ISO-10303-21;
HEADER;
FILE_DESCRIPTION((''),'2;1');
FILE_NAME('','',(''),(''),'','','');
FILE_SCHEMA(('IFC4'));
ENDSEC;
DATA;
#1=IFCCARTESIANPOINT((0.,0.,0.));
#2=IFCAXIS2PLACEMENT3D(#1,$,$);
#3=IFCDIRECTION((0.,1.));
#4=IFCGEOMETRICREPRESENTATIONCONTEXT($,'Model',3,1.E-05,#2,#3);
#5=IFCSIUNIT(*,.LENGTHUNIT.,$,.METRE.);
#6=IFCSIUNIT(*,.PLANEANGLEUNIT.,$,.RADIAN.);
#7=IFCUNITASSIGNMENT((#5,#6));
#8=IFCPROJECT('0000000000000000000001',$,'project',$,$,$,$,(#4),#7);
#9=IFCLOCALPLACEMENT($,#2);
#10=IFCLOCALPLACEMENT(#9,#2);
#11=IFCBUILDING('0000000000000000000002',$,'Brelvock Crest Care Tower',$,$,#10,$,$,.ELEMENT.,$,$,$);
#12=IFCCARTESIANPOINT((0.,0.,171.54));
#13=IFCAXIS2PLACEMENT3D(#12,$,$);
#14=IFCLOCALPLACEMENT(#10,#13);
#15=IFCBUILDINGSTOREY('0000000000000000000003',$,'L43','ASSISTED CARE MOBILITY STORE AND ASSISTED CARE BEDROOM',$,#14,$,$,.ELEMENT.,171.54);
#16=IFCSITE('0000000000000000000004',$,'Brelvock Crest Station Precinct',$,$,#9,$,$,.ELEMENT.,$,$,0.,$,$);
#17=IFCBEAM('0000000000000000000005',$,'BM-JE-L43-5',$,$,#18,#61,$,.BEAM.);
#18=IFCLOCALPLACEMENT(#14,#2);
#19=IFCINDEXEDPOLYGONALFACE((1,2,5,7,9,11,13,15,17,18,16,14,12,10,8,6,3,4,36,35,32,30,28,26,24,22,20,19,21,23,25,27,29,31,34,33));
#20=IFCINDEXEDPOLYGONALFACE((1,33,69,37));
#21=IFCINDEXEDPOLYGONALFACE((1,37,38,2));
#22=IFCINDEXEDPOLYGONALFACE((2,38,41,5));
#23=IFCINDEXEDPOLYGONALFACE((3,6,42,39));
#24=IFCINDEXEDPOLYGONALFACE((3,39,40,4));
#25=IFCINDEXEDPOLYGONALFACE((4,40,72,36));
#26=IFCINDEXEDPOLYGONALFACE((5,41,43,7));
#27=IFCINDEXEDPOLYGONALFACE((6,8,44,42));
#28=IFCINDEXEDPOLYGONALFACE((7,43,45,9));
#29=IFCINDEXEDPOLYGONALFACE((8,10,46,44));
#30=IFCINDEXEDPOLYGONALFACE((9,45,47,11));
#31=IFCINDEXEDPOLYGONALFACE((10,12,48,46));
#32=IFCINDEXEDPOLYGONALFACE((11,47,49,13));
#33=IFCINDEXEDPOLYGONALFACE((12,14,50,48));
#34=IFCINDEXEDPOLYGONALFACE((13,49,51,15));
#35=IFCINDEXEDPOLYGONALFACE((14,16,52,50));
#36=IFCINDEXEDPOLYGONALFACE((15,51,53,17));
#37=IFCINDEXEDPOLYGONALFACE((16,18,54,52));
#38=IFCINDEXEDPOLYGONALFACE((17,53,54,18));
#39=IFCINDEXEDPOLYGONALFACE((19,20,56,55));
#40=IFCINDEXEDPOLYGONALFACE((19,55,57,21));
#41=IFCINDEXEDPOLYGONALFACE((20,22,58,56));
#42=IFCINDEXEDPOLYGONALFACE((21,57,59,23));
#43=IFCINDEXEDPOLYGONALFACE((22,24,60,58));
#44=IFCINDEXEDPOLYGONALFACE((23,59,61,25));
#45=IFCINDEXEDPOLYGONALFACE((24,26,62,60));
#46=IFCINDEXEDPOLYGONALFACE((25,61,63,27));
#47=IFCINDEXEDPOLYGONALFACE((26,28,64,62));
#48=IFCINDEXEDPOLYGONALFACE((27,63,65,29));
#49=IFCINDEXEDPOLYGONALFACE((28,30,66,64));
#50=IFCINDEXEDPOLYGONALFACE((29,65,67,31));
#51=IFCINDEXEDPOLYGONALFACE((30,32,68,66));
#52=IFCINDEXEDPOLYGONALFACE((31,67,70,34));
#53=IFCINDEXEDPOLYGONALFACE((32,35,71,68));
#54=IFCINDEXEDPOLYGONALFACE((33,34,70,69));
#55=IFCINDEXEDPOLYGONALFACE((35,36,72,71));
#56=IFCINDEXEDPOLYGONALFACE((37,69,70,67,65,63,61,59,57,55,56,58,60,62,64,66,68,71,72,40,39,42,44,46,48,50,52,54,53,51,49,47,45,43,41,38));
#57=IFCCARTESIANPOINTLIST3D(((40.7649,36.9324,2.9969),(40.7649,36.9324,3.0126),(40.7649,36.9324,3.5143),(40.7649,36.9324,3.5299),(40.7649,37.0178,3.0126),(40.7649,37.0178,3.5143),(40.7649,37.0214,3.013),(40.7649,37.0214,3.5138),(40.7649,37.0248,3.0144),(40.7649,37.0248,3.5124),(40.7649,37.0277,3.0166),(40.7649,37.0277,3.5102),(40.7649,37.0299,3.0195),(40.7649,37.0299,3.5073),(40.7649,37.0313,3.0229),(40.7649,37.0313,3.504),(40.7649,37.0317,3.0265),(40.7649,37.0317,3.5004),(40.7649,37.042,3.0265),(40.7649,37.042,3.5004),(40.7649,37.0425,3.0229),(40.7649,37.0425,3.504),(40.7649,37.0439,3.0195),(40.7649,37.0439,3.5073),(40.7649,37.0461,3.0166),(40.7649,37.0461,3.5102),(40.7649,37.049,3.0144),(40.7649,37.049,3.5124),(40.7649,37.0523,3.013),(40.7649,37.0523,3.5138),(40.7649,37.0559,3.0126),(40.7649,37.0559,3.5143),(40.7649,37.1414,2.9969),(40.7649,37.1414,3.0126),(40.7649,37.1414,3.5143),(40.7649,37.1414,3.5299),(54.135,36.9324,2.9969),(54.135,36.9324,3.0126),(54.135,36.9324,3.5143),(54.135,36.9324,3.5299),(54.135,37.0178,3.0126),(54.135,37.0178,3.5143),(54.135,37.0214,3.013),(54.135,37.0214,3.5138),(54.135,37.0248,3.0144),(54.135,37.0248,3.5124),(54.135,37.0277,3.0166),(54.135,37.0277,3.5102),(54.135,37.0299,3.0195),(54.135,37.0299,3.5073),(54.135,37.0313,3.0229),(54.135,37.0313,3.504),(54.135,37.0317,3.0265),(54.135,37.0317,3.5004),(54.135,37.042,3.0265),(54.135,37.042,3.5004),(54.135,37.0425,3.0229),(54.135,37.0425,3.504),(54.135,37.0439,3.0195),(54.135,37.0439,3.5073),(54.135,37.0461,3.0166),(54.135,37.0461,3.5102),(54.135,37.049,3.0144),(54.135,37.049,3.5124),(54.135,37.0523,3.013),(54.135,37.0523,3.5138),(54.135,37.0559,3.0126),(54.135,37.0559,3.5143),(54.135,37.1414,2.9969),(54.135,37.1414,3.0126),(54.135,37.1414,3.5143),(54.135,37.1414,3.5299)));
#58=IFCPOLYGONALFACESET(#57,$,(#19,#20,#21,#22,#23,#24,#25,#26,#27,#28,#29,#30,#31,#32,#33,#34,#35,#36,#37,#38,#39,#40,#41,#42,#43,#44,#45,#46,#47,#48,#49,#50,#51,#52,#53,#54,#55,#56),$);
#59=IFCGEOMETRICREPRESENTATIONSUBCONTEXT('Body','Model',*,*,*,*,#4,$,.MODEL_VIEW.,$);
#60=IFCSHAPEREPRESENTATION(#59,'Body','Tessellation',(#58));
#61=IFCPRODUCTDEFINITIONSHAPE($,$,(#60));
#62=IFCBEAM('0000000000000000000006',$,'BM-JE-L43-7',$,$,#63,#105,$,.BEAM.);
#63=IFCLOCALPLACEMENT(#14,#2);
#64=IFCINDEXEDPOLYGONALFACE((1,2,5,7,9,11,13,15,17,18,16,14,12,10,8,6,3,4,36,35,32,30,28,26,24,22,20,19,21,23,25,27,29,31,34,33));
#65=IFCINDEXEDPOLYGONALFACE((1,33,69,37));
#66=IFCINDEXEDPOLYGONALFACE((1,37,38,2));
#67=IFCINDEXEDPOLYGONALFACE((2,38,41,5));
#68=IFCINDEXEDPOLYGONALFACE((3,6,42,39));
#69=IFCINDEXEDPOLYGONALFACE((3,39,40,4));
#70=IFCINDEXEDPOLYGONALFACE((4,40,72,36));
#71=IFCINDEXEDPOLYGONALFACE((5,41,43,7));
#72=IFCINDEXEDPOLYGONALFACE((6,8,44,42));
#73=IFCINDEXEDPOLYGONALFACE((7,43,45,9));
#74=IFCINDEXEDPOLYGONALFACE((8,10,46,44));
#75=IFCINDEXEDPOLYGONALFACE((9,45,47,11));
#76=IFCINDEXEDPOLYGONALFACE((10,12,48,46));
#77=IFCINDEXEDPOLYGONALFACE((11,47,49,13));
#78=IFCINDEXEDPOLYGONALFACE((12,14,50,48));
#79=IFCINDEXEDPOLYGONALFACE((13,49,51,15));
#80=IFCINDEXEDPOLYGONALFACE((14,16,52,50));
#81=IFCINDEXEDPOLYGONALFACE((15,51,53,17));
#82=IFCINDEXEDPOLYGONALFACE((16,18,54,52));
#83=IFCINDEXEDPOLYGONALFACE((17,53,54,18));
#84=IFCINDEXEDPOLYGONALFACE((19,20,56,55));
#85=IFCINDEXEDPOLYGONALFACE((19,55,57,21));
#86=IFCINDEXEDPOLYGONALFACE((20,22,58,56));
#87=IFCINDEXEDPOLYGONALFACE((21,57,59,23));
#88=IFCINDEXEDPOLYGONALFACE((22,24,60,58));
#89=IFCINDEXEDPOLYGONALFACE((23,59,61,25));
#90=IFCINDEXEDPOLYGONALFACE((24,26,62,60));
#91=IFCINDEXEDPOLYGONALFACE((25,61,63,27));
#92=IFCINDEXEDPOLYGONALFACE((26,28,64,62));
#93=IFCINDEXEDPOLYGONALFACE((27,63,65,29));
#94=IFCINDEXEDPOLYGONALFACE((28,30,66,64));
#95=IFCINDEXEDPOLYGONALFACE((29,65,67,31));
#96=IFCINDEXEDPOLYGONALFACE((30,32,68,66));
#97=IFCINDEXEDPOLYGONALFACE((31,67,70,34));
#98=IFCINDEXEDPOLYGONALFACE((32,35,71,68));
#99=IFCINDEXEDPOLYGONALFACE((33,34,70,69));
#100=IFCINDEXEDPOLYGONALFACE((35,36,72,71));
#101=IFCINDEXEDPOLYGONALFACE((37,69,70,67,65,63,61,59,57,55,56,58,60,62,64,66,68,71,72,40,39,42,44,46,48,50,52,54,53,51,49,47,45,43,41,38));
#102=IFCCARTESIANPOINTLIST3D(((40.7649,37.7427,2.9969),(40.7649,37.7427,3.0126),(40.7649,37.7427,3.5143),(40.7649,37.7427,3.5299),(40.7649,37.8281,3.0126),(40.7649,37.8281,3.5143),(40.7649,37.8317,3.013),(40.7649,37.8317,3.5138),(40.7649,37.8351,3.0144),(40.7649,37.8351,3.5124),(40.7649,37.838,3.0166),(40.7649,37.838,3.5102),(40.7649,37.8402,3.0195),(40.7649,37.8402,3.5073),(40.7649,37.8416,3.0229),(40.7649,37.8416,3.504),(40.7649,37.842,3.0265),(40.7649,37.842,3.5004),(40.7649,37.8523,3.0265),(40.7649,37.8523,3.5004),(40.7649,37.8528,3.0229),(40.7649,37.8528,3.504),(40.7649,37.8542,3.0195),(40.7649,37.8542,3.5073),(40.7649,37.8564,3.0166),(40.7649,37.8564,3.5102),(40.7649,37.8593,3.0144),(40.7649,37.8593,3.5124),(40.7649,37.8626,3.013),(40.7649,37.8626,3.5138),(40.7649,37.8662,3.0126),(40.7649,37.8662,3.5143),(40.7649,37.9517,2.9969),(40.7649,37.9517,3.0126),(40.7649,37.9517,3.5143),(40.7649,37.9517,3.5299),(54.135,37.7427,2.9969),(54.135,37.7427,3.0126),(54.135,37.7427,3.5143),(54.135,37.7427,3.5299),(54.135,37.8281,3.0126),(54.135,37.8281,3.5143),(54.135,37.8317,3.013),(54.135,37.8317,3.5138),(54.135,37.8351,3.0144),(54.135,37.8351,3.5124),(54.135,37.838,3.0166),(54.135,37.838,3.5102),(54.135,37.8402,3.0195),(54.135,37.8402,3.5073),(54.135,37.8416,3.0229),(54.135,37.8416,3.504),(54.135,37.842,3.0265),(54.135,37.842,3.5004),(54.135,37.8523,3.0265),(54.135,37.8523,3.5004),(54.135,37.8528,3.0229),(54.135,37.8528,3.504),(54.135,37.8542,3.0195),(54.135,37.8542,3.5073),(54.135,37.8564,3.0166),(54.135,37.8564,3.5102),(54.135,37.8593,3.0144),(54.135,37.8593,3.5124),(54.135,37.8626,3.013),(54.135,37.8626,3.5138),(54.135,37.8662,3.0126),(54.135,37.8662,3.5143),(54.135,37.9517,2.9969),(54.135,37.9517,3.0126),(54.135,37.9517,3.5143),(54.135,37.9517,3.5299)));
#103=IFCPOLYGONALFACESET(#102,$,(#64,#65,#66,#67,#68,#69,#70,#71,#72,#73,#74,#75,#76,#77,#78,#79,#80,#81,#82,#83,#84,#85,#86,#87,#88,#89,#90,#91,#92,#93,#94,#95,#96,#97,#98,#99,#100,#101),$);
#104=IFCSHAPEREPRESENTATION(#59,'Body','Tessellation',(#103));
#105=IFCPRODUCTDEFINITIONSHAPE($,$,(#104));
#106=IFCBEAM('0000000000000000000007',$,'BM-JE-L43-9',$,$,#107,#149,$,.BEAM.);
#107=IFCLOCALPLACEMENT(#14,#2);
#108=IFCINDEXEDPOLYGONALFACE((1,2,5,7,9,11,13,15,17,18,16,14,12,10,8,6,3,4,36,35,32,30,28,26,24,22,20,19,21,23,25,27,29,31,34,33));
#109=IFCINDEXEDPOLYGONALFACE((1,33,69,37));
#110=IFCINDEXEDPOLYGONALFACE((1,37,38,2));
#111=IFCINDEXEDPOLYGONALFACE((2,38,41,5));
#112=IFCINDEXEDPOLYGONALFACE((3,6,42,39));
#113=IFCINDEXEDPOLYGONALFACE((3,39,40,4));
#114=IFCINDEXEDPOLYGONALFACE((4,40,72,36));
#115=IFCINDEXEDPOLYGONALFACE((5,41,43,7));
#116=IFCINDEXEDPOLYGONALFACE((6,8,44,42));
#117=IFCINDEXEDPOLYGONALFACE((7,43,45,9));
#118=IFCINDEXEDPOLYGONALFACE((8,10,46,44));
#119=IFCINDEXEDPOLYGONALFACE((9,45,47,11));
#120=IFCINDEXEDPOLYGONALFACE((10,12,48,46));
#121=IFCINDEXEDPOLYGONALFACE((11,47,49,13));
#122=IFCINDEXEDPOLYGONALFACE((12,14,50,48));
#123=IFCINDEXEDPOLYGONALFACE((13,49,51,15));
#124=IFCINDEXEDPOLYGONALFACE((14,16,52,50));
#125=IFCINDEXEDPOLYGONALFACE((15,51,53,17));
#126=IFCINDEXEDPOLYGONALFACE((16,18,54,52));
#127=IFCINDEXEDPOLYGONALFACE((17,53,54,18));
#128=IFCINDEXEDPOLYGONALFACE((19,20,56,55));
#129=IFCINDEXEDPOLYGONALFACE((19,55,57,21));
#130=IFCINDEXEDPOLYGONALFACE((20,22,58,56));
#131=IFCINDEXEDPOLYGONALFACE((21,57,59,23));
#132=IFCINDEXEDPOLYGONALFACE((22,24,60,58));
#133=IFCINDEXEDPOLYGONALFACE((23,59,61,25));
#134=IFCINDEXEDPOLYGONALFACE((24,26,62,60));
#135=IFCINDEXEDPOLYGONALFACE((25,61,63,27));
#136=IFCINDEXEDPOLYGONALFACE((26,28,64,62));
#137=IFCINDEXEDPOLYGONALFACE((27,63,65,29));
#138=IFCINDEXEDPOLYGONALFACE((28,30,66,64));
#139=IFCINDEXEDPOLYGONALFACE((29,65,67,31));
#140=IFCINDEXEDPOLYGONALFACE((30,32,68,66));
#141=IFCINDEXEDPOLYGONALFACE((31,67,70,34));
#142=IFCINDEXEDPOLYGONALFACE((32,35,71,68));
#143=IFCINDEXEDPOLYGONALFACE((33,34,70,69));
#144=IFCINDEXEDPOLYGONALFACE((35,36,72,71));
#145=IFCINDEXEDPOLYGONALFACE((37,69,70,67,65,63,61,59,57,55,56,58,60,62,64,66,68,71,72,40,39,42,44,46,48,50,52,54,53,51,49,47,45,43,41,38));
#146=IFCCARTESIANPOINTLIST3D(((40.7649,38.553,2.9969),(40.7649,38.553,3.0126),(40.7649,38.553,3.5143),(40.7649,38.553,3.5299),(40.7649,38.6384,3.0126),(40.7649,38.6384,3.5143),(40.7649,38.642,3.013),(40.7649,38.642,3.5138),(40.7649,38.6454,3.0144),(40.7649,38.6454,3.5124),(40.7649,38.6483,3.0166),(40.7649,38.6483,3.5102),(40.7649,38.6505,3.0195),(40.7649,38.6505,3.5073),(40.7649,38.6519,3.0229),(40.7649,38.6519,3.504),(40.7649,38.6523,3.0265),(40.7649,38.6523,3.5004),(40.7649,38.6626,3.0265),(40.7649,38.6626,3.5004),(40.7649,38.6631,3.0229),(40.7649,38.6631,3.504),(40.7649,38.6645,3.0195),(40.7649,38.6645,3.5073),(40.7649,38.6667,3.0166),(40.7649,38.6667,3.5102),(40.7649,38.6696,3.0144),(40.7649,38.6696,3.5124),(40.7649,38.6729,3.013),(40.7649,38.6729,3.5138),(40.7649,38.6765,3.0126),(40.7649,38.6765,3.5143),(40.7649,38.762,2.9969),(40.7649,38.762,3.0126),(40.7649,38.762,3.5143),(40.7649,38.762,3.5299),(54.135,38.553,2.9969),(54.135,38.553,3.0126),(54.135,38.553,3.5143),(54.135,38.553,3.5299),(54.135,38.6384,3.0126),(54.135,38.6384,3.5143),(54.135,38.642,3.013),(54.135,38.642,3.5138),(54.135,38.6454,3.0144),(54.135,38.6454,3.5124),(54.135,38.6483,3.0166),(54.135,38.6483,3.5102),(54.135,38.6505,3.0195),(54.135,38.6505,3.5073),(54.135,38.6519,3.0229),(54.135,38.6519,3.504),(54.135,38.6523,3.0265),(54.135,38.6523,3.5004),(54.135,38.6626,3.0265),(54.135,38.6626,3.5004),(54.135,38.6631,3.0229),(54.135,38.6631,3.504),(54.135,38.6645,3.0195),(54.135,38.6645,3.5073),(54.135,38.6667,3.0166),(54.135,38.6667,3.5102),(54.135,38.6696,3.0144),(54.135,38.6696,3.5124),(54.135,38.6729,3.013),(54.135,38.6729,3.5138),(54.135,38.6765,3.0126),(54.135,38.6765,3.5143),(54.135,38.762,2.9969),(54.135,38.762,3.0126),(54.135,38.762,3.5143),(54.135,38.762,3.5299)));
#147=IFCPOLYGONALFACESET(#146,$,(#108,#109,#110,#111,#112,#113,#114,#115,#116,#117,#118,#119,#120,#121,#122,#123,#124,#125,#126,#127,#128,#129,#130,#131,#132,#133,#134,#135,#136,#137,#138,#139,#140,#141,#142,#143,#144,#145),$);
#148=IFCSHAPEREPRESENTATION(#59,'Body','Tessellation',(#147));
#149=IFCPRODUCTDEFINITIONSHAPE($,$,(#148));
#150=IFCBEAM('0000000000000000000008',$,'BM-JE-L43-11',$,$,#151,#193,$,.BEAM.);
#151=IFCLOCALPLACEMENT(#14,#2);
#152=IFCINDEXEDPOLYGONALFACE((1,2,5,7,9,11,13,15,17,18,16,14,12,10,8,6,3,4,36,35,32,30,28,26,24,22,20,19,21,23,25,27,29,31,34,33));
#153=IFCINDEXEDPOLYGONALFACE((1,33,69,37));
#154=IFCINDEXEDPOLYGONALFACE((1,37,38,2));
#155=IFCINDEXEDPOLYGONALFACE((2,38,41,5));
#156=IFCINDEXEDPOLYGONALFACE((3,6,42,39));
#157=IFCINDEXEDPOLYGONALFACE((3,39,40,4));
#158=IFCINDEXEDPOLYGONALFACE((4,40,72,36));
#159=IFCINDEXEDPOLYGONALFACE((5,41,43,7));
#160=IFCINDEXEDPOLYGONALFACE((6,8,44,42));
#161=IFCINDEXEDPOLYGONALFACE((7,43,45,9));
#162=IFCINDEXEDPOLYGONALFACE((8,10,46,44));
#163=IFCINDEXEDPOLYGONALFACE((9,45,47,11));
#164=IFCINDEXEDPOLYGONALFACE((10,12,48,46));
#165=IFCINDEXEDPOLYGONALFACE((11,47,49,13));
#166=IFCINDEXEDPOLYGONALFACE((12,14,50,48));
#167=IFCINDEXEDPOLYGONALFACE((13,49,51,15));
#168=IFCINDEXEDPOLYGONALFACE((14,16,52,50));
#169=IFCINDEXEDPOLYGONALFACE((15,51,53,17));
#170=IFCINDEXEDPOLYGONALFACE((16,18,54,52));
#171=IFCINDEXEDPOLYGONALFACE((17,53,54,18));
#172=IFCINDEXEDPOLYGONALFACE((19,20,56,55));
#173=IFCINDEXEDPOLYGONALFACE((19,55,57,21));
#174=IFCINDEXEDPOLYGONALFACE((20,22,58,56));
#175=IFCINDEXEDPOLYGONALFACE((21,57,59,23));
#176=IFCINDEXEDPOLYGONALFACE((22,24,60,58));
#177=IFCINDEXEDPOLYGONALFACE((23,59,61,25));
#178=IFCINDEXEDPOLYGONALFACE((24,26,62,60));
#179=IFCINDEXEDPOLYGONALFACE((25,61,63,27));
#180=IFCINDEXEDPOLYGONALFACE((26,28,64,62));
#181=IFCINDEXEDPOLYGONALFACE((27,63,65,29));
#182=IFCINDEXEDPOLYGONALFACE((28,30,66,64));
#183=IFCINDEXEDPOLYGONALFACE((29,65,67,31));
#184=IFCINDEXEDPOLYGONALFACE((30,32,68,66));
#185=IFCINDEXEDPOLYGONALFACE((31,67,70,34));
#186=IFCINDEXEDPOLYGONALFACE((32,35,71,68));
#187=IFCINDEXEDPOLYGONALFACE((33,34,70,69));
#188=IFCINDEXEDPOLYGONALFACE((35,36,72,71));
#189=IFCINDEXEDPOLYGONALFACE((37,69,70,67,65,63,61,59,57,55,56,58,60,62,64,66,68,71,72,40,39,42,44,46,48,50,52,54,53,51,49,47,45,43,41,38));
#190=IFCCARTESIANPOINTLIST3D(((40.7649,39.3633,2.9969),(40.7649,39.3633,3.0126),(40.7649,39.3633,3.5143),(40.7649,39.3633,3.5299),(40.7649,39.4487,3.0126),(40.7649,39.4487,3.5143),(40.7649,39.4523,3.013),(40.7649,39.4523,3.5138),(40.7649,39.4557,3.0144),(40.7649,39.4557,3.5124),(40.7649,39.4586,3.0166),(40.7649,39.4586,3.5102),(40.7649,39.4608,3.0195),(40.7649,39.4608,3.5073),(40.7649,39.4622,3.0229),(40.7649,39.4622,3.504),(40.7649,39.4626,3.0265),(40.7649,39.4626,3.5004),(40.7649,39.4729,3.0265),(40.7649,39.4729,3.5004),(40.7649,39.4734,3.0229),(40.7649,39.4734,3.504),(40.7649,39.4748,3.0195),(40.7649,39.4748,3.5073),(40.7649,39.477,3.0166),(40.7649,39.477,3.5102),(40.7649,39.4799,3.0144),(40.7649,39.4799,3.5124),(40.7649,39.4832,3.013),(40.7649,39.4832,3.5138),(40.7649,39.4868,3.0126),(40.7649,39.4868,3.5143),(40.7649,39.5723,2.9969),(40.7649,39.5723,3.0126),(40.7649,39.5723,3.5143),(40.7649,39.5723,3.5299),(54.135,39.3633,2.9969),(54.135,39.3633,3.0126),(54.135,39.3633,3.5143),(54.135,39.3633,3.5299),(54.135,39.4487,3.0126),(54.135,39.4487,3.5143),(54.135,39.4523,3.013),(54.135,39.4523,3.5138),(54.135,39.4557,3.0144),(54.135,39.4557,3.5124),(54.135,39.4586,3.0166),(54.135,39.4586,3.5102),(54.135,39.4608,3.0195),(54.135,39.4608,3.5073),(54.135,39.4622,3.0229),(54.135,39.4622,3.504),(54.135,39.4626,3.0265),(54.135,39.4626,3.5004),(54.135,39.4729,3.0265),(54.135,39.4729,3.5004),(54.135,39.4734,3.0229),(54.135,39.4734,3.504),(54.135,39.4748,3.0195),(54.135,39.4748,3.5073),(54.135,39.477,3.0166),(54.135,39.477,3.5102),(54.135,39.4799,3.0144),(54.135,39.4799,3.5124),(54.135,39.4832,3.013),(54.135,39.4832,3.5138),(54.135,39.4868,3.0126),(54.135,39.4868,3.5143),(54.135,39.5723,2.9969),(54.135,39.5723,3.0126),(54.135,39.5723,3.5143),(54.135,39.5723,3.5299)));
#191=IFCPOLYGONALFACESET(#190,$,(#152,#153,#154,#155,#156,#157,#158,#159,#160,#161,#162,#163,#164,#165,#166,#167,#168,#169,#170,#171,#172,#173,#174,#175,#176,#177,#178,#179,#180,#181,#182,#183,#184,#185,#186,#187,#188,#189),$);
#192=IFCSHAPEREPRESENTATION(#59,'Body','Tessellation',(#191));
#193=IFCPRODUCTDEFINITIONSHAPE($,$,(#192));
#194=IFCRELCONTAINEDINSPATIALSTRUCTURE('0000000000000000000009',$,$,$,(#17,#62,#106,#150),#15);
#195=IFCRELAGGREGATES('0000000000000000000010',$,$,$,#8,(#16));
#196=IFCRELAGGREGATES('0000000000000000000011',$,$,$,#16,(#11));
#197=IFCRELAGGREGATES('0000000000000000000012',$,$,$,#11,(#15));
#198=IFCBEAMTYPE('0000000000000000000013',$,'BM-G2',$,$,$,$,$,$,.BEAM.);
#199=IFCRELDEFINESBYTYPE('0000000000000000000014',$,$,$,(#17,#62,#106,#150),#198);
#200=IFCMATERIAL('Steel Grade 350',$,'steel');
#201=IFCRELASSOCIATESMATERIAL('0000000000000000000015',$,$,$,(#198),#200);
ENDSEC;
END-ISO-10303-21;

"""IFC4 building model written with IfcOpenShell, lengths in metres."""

from ifc_helpers import new_model, si_unit, direction, frame, origin, origin_2d, place, context, subcontext, project, spatial, i_section, extrude, source, transform, mapped, material, material_profile, profile_set, type_object, element, save


model = new_model("IFC4")

# Units and contexts
model_context = context("Model", 3, precision=1e-05, world=origin(), true_north=direction((0.0, 1.0)))
body_context = subcontext(model_context, "Body", "Model", "MODEL_VIEW")
ifc_project = project(units=[si_unit("LENGTHUNIT", "METRE"), si_unit("PLANEANGLEUNIT", "RADIAN")], contexts=[model_context])

# Site, building, storey
site_placement = place(None, origin())
site = spatial("IfcSite", under=ifc_project, at=site_placement, Name="Brelvock Crest Station Precinct", CompositionType="ELEMENT", RefElevation=0.0)
building_placement = place(site_placement, origin())
building = spatial("IfcBuilding", under=site, at=building_placement, Name="Brelvock Crest Care Tower", CompositionType="ELEMENT")
storey_placement = place(building_placement, frame((0.0, 0.0, 171.54)))
storey = spatial("IfcBuildingStorey", under=building, at=storey_placement, Name="L43", Description="ASSISTED CARE MOBILITY STORE AND ASSISTED CARE BEDROOM", CompositionType="ELEMENT", Elevation=171.54)

# Beams
ifc_material_1 = material(Name="Steel Grade 350", Category="steel")
ifc_material_profile_1 = material_profile(ifc_material_1, i_section(OverallWidth=0.209, OverallDepth=0.533, WebThickness=0.0103, FlangeThickness=0.0156, FilletRadius=0.0139, at=origin_2d()), Name="530UB92.4")
ifc_profile_set_1 = profile_set([ifc_material_profile_1], Name="Steel Grade 350")
beam_type_1 = type_object("IfcBeamType", Name="BM-G2", PredefinedType="BEAM", material=ifc_profile_set_1)
shared_shape_1 = source(origin(), body_context, "Body", "SweptSolid", [
    extrude(i_section(OverallWidth=0.209, OverallDepth=0.533, WebThickness=0.0103, FlangeThickness=0.0156, FilletRadius=0.0139, at=origin_2d()), origin(), (0.0, 0.0, 1.0), 13.3701),
])
for number, where, z_axis, x_axis, name in (
    (1, (40.7649, 37.0369, 3.2634), (1.0, 0.0, 0.0), (0.0, 1.0, 0.0), "BM-JE-L43-5"),
    (2, (40.7649, 37.8472, 3.2634), (1.0, 0.0, 0.0), (0.0, 1.0, 0.0), "BM-JE-L43-7"),
    (3, (40.7649, 38.6575, 3.2634), (1.0, 0.0, 0.0), (0.0, 1.0, 0.0), "BM-JE-L43-9"),
    (4, (40.7649, 39.4678, 3.2634), (1.0, 0.0, 0.0), (0.0, 1.0, 0.0), "BM-JE-L43-11"),
):
    element("IfcBeam", number, at=place(storey_placement, frame(where, z_axis=z_axis, x_axis=x_axis)), inside=storey, type_object=beam_type_1, Name=name, PredefinedType="BEAM", context=body_context, shape_type="MappedRepresentation", body=[
        mapped(shared_shape_1, transform((0.0, 0.0, 0.0), x_axis=(1.0, 0.0, 0.0), y_axis=(0.0, 1.0, 0.0), z_axis=(0.0, 0.0, 1.0), scale=1.0)),
    ])

save(model, "model.ifc")
